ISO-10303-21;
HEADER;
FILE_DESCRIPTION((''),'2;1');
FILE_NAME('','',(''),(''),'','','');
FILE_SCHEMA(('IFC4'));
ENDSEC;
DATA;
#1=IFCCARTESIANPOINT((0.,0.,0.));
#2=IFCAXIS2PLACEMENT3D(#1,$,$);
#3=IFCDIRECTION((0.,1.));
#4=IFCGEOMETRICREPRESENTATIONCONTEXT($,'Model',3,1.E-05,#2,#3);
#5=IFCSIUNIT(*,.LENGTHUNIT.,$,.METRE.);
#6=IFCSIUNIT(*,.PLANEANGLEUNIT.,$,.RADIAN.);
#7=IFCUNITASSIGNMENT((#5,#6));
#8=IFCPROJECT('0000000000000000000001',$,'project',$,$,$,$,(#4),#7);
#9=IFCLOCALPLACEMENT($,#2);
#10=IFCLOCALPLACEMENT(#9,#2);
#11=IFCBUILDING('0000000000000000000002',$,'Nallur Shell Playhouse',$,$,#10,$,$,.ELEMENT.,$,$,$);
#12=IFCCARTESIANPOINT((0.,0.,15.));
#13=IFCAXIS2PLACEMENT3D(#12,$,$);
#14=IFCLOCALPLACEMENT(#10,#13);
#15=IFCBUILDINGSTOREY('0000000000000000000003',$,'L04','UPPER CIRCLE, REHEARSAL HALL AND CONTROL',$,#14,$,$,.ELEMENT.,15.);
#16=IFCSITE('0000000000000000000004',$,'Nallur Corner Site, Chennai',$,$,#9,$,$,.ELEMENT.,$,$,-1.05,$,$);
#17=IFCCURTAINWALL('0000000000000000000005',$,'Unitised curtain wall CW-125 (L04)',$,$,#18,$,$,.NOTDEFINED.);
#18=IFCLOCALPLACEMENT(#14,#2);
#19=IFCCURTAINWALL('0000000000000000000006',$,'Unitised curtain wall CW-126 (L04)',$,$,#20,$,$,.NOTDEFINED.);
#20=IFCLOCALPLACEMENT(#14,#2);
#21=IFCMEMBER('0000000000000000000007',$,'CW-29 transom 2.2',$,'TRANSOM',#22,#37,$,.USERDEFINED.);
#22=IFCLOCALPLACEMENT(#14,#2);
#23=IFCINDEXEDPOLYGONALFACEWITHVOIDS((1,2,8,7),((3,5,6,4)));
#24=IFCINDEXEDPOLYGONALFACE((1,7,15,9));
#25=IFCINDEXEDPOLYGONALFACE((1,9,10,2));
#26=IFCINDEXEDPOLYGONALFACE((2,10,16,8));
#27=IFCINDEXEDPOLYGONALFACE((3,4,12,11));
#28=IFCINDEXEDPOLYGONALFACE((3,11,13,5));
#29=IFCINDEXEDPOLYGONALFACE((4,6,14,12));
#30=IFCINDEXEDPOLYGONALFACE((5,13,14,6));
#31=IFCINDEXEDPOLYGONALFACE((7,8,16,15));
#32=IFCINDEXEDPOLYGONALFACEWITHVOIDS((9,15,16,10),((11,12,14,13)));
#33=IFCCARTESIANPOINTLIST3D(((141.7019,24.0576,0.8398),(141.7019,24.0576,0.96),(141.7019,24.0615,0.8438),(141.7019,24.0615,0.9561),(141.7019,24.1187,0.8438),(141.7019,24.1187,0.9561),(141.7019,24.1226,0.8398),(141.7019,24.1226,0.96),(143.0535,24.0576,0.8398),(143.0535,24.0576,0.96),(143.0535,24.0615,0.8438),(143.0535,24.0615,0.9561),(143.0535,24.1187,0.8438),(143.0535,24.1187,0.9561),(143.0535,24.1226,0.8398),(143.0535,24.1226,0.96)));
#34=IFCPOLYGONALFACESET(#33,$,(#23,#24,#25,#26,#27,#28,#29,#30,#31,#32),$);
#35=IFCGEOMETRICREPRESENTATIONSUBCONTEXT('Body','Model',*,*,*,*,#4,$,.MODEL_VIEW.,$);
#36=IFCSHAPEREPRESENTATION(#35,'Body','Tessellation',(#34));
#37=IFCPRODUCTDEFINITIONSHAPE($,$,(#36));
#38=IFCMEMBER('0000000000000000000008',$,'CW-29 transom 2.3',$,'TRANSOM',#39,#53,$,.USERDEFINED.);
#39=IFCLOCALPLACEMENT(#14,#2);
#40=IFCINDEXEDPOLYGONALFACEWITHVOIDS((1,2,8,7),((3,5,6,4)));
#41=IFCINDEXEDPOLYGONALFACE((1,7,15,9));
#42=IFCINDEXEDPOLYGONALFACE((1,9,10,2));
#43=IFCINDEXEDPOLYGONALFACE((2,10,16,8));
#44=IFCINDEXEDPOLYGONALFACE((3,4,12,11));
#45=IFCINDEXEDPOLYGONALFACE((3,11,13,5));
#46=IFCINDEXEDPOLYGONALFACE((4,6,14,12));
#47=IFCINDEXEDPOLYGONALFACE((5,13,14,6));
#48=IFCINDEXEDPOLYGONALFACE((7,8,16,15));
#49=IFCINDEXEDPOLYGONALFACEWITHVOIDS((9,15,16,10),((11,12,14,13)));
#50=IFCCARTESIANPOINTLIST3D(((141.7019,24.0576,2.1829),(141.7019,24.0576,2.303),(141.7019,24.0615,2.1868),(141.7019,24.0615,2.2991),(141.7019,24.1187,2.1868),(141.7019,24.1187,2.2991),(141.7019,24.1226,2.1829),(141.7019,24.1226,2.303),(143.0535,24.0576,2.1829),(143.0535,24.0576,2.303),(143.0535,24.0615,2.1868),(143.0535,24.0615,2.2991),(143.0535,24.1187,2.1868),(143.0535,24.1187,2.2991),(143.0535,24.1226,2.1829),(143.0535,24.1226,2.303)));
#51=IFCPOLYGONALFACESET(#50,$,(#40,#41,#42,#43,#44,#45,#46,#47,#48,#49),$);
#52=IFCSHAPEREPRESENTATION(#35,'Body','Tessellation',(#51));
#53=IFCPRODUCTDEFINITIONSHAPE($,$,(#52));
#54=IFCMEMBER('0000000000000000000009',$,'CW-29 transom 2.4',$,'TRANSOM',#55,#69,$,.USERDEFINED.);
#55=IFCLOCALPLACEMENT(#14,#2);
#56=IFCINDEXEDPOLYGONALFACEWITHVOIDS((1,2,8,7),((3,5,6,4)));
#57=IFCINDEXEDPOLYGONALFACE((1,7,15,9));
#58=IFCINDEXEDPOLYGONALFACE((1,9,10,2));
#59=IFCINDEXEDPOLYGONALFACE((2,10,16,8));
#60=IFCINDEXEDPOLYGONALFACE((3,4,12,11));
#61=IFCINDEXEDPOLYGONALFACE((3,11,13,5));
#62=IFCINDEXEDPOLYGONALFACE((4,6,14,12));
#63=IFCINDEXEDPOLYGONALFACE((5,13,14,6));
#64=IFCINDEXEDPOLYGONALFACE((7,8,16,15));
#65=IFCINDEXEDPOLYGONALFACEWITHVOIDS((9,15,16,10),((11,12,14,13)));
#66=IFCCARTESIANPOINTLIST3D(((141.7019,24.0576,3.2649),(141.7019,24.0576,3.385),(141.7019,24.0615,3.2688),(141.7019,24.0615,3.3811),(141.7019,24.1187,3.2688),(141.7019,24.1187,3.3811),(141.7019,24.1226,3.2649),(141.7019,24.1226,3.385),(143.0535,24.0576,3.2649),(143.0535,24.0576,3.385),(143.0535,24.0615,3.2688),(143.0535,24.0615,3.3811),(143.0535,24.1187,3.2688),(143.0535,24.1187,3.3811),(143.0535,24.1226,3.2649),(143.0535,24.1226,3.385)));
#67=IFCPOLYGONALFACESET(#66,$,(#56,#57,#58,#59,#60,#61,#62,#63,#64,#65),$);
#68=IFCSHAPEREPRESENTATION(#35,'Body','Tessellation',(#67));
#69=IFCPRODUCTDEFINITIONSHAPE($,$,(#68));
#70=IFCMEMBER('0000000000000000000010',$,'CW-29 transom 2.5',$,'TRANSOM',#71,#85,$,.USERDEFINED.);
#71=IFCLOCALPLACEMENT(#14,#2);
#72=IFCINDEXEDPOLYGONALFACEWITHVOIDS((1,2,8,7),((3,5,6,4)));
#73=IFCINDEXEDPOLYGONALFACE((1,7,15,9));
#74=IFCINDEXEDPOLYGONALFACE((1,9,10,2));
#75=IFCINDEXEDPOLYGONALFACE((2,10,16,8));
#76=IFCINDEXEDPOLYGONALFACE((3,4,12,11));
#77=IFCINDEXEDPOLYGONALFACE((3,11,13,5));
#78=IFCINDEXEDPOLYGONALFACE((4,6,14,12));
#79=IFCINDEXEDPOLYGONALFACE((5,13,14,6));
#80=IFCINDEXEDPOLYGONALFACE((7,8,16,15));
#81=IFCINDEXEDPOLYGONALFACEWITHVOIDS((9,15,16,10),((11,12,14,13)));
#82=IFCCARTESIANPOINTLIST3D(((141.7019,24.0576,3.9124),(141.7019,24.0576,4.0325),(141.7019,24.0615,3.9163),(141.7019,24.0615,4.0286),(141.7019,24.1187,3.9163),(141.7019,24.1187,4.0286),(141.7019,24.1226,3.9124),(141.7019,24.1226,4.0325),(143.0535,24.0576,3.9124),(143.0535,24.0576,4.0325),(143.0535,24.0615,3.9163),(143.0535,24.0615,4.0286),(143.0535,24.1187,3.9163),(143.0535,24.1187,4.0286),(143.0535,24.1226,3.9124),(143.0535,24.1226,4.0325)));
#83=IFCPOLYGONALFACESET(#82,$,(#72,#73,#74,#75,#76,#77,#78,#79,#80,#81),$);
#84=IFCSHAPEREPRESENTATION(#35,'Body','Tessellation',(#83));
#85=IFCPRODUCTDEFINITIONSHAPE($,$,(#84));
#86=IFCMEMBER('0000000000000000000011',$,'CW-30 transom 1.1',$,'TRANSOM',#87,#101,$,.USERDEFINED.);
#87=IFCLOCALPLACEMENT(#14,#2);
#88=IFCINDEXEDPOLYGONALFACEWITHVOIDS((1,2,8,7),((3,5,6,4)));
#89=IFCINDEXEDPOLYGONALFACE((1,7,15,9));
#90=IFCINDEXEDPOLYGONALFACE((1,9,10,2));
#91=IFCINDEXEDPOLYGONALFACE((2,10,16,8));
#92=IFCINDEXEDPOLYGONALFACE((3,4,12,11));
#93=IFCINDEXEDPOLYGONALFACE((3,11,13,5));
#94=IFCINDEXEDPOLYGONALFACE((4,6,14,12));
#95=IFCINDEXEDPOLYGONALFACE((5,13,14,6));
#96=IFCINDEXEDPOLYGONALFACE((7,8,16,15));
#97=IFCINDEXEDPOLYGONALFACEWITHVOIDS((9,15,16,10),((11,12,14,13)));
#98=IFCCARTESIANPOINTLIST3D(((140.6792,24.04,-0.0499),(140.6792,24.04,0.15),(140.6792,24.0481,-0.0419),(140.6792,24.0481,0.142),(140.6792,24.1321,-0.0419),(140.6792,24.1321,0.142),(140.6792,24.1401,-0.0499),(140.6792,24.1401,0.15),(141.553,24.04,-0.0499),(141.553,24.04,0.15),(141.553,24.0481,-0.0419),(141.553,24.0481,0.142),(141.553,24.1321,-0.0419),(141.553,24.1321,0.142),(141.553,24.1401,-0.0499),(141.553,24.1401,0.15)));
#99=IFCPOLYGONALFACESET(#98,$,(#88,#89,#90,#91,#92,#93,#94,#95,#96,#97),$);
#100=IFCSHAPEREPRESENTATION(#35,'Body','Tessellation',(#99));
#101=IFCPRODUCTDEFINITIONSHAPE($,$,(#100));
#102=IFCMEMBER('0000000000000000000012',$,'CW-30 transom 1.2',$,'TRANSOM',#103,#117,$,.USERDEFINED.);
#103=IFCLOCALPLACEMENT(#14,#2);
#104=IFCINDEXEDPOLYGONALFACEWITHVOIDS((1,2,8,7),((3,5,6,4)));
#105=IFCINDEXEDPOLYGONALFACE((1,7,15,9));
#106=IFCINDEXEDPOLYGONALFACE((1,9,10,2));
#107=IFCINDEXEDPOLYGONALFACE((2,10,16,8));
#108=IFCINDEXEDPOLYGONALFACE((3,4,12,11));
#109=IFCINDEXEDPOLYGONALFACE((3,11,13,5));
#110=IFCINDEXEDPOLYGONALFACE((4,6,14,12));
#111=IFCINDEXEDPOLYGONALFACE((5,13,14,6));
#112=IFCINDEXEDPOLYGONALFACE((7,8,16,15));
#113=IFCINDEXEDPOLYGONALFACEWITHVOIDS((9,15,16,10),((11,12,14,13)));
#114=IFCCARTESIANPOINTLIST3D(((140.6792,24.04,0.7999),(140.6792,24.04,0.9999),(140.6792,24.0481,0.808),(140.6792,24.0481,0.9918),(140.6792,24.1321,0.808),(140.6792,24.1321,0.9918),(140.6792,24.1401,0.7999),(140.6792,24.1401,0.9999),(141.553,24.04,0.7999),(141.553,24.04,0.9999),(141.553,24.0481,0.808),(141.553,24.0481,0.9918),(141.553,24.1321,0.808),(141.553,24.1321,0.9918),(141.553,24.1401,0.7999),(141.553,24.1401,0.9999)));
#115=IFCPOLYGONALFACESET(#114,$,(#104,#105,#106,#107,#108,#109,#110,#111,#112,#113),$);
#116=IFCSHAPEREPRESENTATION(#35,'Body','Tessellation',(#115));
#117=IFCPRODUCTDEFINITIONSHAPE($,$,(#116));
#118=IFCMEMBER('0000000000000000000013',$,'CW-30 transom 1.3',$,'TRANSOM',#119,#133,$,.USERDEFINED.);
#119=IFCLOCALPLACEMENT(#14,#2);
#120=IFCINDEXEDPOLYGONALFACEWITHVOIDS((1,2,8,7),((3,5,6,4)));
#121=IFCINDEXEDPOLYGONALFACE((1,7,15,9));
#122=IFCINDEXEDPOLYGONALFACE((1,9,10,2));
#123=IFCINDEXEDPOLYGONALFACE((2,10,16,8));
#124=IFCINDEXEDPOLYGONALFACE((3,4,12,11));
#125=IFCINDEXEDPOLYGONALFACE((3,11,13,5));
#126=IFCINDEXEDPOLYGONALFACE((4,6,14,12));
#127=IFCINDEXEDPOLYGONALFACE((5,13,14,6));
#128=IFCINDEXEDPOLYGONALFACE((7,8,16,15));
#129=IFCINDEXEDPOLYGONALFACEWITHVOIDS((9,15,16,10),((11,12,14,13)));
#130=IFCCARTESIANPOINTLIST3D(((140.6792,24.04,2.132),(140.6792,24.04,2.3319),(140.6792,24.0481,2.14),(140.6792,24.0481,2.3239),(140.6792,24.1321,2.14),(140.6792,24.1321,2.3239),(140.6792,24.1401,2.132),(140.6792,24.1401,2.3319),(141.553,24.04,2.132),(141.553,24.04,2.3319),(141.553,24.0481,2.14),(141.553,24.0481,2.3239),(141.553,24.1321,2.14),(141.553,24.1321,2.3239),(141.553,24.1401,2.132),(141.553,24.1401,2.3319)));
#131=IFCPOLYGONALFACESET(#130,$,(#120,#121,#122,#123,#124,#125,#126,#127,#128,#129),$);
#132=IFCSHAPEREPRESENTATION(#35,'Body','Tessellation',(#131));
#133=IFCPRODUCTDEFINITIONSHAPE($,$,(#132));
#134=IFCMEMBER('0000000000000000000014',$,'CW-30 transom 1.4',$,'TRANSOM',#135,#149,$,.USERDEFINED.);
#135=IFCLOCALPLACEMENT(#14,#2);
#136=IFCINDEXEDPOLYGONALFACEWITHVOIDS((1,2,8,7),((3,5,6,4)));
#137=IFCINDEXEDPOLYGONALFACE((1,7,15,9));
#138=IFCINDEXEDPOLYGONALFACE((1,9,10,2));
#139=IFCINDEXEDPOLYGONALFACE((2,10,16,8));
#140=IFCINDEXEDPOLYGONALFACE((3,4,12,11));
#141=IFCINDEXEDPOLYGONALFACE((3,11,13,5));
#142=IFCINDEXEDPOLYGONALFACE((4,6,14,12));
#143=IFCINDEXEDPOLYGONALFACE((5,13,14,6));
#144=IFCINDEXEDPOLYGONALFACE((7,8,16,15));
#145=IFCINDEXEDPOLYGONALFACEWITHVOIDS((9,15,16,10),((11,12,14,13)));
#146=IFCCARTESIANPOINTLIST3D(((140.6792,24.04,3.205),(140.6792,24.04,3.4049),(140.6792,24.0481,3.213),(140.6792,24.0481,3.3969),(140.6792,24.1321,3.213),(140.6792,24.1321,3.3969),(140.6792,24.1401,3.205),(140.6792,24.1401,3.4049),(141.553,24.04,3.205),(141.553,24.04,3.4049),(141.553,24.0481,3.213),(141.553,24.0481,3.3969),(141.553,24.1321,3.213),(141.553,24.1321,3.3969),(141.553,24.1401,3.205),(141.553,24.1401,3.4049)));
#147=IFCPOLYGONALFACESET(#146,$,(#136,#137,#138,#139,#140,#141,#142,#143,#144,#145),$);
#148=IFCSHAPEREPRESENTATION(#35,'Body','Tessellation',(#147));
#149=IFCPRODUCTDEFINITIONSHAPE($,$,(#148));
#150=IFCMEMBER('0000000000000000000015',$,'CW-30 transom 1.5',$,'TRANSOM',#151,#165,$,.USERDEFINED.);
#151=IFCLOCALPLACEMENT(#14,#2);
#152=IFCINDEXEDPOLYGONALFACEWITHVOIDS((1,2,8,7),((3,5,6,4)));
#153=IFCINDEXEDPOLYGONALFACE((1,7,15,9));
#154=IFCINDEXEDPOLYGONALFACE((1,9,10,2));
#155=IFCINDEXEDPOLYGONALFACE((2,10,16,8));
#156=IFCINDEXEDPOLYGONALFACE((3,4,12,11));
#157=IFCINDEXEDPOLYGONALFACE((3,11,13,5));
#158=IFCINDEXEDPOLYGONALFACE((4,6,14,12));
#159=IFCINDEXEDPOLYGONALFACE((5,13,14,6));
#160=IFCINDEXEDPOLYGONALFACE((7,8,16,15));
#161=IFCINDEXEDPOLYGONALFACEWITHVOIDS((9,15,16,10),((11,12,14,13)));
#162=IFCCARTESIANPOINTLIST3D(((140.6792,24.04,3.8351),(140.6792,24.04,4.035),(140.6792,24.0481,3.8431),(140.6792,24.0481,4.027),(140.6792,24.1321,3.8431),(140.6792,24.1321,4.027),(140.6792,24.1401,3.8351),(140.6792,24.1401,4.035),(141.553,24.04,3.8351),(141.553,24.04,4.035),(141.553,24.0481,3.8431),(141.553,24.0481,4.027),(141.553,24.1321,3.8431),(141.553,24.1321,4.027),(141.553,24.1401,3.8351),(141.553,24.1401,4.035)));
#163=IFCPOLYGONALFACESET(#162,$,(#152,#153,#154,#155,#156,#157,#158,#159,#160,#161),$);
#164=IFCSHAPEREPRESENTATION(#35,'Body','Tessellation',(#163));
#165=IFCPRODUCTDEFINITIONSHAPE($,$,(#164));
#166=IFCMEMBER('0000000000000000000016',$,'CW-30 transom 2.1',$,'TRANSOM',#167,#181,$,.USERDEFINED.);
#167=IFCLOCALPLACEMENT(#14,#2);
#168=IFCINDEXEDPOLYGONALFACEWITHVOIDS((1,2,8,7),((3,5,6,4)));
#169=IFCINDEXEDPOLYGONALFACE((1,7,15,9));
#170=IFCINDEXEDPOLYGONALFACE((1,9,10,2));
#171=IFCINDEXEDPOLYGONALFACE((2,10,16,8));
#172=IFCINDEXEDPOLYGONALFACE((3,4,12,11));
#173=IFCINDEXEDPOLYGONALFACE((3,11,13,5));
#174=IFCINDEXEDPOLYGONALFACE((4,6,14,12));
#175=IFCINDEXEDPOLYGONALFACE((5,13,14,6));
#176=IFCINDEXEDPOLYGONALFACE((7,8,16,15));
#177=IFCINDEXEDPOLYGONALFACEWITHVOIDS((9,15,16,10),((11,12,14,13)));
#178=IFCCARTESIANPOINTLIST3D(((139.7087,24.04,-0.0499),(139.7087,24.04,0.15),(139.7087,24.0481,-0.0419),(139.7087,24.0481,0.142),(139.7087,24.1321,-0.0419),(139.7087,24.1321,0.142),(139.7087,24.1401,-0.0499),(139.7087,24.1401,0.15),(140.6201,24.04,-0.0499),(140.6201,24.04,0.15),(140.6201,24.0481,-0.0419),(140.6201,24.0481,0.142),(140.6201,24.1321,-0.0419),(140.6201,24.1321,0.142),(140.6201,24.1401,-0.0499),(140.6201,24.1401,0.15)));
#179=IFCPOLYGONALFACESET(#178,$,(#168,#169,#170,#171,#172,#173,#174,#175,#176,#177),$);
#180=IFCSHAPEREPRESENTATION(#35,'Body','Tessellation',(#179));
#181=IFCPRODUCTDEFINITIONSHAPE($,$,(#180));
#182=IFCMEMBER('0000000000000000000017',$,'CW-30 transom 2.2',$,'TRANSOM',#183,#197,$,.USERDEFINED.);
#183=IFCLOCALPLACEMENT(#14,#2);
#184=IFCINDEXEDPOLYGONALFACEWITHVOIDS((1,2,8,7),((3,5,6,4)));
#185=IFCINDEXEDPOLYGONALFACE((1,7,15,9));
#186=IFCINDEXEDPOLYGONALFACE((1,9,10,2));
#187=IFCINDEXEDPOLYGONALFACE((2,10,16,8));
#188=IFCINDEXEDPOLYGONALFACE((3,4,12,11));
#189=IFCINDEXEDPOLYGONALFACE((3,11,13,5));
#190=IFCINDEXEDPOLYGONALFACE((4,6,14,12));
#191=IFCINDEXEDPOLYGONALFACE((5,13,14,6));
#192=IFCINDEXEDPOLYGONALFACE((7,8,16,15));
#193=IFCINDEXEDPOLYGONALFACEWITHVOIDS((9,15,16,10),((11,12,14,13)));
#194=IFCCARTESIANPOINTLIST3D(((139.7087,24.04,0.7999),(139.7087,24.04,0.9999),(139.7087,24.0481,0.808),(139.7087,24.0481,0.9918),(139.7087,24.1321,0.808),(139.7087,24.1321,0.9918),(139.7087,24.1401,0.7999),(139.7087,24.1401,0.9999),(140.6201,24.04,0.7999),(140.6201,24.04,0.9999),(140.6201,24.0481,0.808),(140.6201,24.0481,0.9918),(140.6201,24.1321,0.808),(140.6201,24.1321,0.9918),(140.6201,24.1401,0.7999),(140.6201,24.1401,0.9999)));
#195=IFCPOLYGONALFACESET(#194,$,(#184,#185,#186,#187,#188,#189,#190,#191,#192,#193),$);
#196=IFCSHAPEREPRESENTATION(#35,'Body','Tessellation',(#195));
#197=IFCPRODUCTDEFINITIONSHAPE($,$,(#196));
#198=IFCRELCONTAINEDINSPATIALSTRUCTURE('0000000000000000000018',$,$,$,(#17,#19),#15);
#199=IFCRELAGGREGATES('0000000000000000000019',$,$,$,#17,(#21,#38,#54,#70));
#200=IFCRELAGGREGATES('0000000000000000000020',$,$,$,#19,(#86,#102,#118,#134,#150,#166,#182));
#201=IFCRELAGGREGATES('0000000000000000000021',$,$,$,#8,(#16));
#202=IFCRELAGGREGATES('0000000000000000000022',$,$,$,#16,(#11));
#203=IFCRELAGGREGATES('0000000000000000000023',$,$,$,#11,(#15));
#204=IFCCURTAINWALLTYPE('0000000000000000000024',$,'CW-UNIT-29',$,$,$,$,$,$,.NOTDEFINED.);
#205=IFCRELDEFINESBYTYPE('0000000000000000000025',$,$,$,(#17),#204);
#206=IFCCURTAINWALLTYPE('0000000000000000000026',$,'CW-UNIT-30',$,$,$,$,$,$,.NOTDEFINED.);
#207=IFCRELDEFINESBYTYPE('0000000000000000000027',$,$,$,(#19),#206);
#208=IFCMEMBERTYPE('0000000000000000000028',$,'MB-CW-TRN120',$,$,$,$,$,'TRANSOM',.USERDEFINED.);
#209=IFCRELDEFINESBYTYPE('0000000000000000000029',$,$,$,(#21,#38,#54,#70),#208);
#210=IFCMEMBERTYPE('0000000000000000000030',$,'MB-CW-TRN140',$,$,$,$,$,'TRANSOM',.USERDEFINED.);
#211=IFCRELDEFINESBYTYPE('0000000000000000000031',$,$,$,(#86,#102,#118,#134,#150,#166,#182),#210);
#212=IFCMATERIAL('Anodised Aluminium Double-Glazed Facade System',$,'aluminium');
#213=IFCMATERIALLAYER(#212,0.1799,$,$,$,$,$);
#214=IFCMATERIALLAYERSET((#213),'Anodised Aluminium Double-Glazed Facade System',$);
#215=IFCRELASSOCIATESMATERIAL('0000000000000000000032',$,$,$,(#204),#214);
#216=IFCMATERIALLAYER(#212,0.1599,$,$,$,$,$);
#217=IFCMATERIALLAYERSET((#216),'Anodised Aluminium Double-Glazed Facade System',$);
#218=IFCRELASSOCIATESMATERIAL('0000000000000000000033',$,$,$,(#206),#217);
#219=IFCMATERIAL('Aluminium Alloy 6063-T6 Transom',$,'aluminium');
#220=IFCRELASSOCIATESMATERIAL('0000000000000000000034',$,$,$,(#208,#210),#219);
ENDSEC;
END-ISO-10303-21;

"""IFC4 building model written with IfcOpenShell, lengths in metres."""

from ifc_helpers import new_model, si_unit, direction, frame, origin, origin_2d, place, context, subcontext, project, spatial, hollow_rectangle, extrude, material, layer, layer_set, material_profile, profile_set, type_object, element, aggregate, save


model = new_model("IFC4")

# Units and contexts
model_context = context("Model", 3, precision=1e-05, world=origin(), true_north=direction((0.0, 1.0)))
body_context = subcontext(model_context, "Body", "Model", "MODEL_VIEW")
ifc_project = project(units=[si_unit("LENGTHUNIT", "METRE"), si_unit("PLANEANGLEUNIT", "RADIAN")], contexts=[model_context])

# Site, building, storey
site_placement = place(None, origin())
site = spatial("IfcSite", under=ifc_project, at=site_placement, Name="Nallur Corner Site, Chennai", CompositionType="ELEMENT", RefElevation=-1.05)
building_placement = place(site_placement, origin())
building = spatial("IfcBuilding", under=site, at=building_placement, Name="Nallur Shell Playhouse", CompositionType="ELEMENT")
storey_placement = place(building_placement, frame((0.0, 0.0, 15.0)))
storey = spatial("IfcBuildingStorey", under=building, at=storey_placement, Name="L04", Description="UPPER CIRCLE, REHEARSAL HALL AND CONTROL", CompositionType="ELEMENT", Elevation=15.0)

# Curtain walls
ifc_material_1 = material(Name="Anodised Aluminium Double-Glazed Facade System", Category="aluminium")
ifc_layer_1 = layer(ifc_material_1, 0.1799)
ifc_layer_set_1 = layer_set([ifc_layer_1], Name="Anodised Aluminium Double-Glazed Facade System")
curtain_wall_type_1 = type_object("IfcCurtainWallType", Name="CW-UNIT-29", PredefinedType="NOTDEFINED", material=ifc_layer_set_1)
curtain_wall_1_placement = place(storey_placement, origin())
curtain_wall_1 = element("IfcCurtainWall", 1, at=curtain_wall_1_placement, inside=storey, type_object=curtain_wall_type_1, Name="Unitised curtain wall CW-125 (L04)", PredefinedType="NOTDEFINED")
ifc_layer_2 = layer(ifc_material_1, 0.1599)
ifc_layer_set_2 = layer_set([ifc_layer_2], Name="Anodised Aluminium Double-Glazed Facade System")
curtain_wall_type_2 = type_object("IfcCurtainWallType", Name="CW-UNIT-30", PredefinedType="NOTDEFINED", material=ifc_layer_set_2)
curtain_wall_2_placement = place(storey_placement, origin())
curtain_wall_2 = element("IfcCurtainWall", 2, at=curtain_wall_2_placement, inside=storey, type_object=curtain_wall_type_2, Name="Unitised curtain wall CW-126 (L04)", PredefinedType="NOTDEFINED")

# Members
ifc_material_2 = material(Name="Aluminium Alloy 6063-T6 Transom", Category="aluminium")
ifc_material_profile_1 = material_profile(ifc_material_2, hollow_rectangle(XDim=0.0649, YDim=0.1201, WallThickness=0.0039, at=origin_2d()), Name="ALU 65x120x4")
ifc_profile_set_1 = profile_set([ifc_material_profile_1], Name="Aluminium Alloy 6063-T6 Transom")
member_type_1 = type_object("IfcMemberType", Name="MB-CW-TRN120", ElementType="TRANSOM", PredefinedType="USERDEFINED", material=ifc_profile_set_1)
member_1_placement = place(storey_placement, frame((143.0535, 24.0901, 0.8999), z_axis=(-1.0, 0.0, 0.0), x_axis=(0.0, -1.0, 0.0)))
member_1 = element("IfcMember", 3, at=member_1_placement, type_object=member_type_1, Name="CW-29 transom 2.2", ObjectType="TRANSOM", PredefinedType="USERDEFINED", context=body_context, shape_type="SweptSolid", body=[
    extrude(hollow_rectangle(XDim=0.0649, YDim=0.1201, WallThickness=0.0039, at=origin_2d()), origin(), (0.0, 0.0, 1.0), 1.3516),
])
member_2_placement = place(storey_placement, frame((143.0535, 24.0901, 2.2429), z_axis=(-1.0, 0.0, 0.0), x_axis=(0.0, -1.0, 0.0)))
member_2 = element("IfcMember", 4, at=member_2_placement, type_object=member_type_1, Name="CW-29 transom 2.3", ObjectType="TRANSOM", PredefinedType="USERDEFINED", context=body_context, shape_type="SweptSolid", body=[
    extrude(hollow_rectangle(XDim=0.0649, YDim=0.1201, WallThickness=0.0039, at=origin_2d()), origin(), (0.0, 0.0, 1.0), 1.3516),
])
member_3_placement = place(storey_placement, frame((143.0535, 24.0901, 3.325), z_axis=(-1.0, 0.0, 0.0), x_axis=(0.0, -1.0, 0.0)))
member_3 = element("IfcMember", 5, at=member_3_placement, type_object=member_type_1, Name="CW-29 transom 2.4", ObjectType="TRANSOM", PredefinedType="USERDEFINED", context=body_context, shape_type="SweptSolid", body=[
    extrude(hollow_rectangle(XDim=0.0649, YDim=0.1201, WallThickness=0.0039, at=origin_2d()), origin(), (0.0, 0.0, 1.0), 1.3516),
])
member_4_placement = place(storey_placement, frame((143.0535, 24.0901, 3.9724), z_axis=(-1.0, 0.0, 0.0), x_axis=(0.0, -1.0, 0.0)))
member_4 = element("IfcMember", 6, at=member_4_placement, type_object=member_type_1, Name="CW-29 transom 2.5", ObjectType="TRANSOM", PredefinedType="USERDEFINED", context=body_context, shape_type="SweptSolid", body=[
    extrude(hollow_rectangle(XDim=0.0649, YDim=0.1201, WallThickness=0.0039, at=origin_2d()), origin(), (0.0, 0.0, 1.0), 1.3516),
])
ifc_material_profile_2 = material_profile(ifc_material_2, hollow_rectangle(XDim=0.1001, YDim=0.2, WallThickness=0.0081, at=origin_2d()), Name="RHS 200x100x8")
ifc_profile_set_2 = profile_set([ifc_material_profile_2], Name="Aluminium Alloy 6063-T6 Transom")
member_type_2 = type_object("IfcMemberType", Name="MB-CW-TRN140", ElementType="TRANSOM", PredefinedType="USERDEFINED", material=ifc_profile_set_2)
member_5_placement = place(storey_placement, frame((141.553, 24.0901, 0.05), z_axis=(-1.0, 0.0, 0.0), x_axis=(0.0, -1.0, 0.0)))
member_5 = element("IfcMember", 7, at=member_5_placement, type_object=member_type_2, Name="CW-30 transom 1.1", ObjectType="TRANSOM", PredefinedType="USERDEFINED", context=body_context, shape_type="SweptSolid", body=[
    extrude(hollow_rectangle(XDim=0.1001, YDim=0.2, WallThickness=0.0081, at=origin_2d()), origin(), (0.0, 0.0, 1.0), 0.8738),
])
member_6_placement = place(storey_placement, frame((141.553, 24.0901, 0.8999), z_axis=(-1.0, 0.0, 0.0), x_axis=(0.0, -1.0, 0.0)))
member_6 = element("IfcMember", 8, at=member_6_placement, type_object=member_type_2, Name="CW-30 transom 1.2", ObjectType="TRANSOM", PredefinedType="USERDEFINED", context=body_context, shape_type="SweptSolid", body=[
    extrude(hollow_rectangle(XDim=0.1001, YDim=0.2, WallThickness=0.0081, at=origin_2d()), origin(), (0.0, 0.0, 1.0), 0.8738),
])
member_7_placement = place(storey_placement, frame((141.553, 24.0901, 2.2319), z_axis=(-1.0, 0.0, 0.0), x_axis=(0.0, -1.0, 0.0)))
member_7 = element("IfcMember", 9, at=member_7_placement, type_object=member_type_2, Name="CW-30 transom 1.3", ObjectType="TRANSOM", PredefinedType="USERDEFINED", context=body_context, shape_type="SweptSolid", body=[
    extrude(hollow_rectangle(XDim=0.1001, YDim=0.2, WallThickness=0.0081, at=origin_2d()), origin(), (0.0, 0.0, 1.0), 0.8738),
])
member_8_placement = place(storey_placement, frame((141.553, 24.0901, 3.3049), z_axis=(-1.0, 0.0, 0.0), x_axis=(0.0, -1.0, 0.0)))
member_8 = element("IfcMember", 10, at=member_8_placement, type_object=member_type_2, Name="CW-30 transom 1.4", ObjectType="TRANSOM", PredefinedType="USERDEFINED", context=body_context, shape_type="SweptSolid", body=[
    extrude(hollow_rectangle(XDim=0.1001, YDim=0.2, WallThickness=0.0081, at=origin_2d()), origin(), (0.0, 0.0, 1.0), 0.8738),
])
member_9_placement = place(storey_placement, frame((141.553, 24.0901, 3.9351), z_axis=(-1.0, 0.0, 0.0), x_axis=(0.0, -1.0, 0.0)))
member_9 = element("IfcMember", 11, at=member_9_placement, type_object=member_type_2, Name="CW-30 transom 1.5", ObjectType="TRANSOM", PredefinedType="USERDEFINED", context=body_context, shape_type="SweptSolid", body=[
    extrude(hollow_rectangle(XDim=0.1001, YDim=0.2, WallThickness=0.0081, at=origin_2d()), origin(), (0.0, 0.0, 1.0), 0.8738),
])
member_10_placement = place(storey_placement, frame((140.6201, 24.0901, 0.05), z_axis=(-1.0, 0.0, 0.0), x_axis=(0.0, -1.0, 0.0)))
member_10 = element("IfcMember", 12, at=member_10_placement, type_object=member_type_2, Name="CW-30 transom 2.1", ObjectType="TRANSOM", PredefinedType="USERDEFINED", context=body_context, shape_type="SweptSolid", body=[
    extrude(hollow_rectangle(XDim=0.1001, YDim=0.2, WallThickness=0.0081, at=origin_2d()), origin(), (0.0, 0.0, 1.0), 0.9114),
])
member_11_placement = place(storey_placement, frame((140.6201, 24.0901, 0.8999), z_axis=(-1.0, 0.0, 0.0), x_axis=(0.0, -1.0, 0.0)))
member_11 = element("IfcMember", 13, at=member_11_placement, type_object=member_type_2, Name="CW-30 transom 2.2", ObjectType="TRANSOM", PredefinedType="USERDEFINED", context=body_context, shape_type="SweptSolid", body=[
    extrude(hollow_rectangle(XDim=0.1001, YDim=0.2, WallThickness=0.0081, at=origin_2d()), origin(), (0.0, 0.0, 1.0), 0.9114),
])

aggregate(curtain_wall_1, [member_1, member_2, member_3, member_4])
aggregate(curtain_wall_2, [member_5, member_6, member_7, member_8, member_9, member_10, member_11])

save(model, "model.ifc")
